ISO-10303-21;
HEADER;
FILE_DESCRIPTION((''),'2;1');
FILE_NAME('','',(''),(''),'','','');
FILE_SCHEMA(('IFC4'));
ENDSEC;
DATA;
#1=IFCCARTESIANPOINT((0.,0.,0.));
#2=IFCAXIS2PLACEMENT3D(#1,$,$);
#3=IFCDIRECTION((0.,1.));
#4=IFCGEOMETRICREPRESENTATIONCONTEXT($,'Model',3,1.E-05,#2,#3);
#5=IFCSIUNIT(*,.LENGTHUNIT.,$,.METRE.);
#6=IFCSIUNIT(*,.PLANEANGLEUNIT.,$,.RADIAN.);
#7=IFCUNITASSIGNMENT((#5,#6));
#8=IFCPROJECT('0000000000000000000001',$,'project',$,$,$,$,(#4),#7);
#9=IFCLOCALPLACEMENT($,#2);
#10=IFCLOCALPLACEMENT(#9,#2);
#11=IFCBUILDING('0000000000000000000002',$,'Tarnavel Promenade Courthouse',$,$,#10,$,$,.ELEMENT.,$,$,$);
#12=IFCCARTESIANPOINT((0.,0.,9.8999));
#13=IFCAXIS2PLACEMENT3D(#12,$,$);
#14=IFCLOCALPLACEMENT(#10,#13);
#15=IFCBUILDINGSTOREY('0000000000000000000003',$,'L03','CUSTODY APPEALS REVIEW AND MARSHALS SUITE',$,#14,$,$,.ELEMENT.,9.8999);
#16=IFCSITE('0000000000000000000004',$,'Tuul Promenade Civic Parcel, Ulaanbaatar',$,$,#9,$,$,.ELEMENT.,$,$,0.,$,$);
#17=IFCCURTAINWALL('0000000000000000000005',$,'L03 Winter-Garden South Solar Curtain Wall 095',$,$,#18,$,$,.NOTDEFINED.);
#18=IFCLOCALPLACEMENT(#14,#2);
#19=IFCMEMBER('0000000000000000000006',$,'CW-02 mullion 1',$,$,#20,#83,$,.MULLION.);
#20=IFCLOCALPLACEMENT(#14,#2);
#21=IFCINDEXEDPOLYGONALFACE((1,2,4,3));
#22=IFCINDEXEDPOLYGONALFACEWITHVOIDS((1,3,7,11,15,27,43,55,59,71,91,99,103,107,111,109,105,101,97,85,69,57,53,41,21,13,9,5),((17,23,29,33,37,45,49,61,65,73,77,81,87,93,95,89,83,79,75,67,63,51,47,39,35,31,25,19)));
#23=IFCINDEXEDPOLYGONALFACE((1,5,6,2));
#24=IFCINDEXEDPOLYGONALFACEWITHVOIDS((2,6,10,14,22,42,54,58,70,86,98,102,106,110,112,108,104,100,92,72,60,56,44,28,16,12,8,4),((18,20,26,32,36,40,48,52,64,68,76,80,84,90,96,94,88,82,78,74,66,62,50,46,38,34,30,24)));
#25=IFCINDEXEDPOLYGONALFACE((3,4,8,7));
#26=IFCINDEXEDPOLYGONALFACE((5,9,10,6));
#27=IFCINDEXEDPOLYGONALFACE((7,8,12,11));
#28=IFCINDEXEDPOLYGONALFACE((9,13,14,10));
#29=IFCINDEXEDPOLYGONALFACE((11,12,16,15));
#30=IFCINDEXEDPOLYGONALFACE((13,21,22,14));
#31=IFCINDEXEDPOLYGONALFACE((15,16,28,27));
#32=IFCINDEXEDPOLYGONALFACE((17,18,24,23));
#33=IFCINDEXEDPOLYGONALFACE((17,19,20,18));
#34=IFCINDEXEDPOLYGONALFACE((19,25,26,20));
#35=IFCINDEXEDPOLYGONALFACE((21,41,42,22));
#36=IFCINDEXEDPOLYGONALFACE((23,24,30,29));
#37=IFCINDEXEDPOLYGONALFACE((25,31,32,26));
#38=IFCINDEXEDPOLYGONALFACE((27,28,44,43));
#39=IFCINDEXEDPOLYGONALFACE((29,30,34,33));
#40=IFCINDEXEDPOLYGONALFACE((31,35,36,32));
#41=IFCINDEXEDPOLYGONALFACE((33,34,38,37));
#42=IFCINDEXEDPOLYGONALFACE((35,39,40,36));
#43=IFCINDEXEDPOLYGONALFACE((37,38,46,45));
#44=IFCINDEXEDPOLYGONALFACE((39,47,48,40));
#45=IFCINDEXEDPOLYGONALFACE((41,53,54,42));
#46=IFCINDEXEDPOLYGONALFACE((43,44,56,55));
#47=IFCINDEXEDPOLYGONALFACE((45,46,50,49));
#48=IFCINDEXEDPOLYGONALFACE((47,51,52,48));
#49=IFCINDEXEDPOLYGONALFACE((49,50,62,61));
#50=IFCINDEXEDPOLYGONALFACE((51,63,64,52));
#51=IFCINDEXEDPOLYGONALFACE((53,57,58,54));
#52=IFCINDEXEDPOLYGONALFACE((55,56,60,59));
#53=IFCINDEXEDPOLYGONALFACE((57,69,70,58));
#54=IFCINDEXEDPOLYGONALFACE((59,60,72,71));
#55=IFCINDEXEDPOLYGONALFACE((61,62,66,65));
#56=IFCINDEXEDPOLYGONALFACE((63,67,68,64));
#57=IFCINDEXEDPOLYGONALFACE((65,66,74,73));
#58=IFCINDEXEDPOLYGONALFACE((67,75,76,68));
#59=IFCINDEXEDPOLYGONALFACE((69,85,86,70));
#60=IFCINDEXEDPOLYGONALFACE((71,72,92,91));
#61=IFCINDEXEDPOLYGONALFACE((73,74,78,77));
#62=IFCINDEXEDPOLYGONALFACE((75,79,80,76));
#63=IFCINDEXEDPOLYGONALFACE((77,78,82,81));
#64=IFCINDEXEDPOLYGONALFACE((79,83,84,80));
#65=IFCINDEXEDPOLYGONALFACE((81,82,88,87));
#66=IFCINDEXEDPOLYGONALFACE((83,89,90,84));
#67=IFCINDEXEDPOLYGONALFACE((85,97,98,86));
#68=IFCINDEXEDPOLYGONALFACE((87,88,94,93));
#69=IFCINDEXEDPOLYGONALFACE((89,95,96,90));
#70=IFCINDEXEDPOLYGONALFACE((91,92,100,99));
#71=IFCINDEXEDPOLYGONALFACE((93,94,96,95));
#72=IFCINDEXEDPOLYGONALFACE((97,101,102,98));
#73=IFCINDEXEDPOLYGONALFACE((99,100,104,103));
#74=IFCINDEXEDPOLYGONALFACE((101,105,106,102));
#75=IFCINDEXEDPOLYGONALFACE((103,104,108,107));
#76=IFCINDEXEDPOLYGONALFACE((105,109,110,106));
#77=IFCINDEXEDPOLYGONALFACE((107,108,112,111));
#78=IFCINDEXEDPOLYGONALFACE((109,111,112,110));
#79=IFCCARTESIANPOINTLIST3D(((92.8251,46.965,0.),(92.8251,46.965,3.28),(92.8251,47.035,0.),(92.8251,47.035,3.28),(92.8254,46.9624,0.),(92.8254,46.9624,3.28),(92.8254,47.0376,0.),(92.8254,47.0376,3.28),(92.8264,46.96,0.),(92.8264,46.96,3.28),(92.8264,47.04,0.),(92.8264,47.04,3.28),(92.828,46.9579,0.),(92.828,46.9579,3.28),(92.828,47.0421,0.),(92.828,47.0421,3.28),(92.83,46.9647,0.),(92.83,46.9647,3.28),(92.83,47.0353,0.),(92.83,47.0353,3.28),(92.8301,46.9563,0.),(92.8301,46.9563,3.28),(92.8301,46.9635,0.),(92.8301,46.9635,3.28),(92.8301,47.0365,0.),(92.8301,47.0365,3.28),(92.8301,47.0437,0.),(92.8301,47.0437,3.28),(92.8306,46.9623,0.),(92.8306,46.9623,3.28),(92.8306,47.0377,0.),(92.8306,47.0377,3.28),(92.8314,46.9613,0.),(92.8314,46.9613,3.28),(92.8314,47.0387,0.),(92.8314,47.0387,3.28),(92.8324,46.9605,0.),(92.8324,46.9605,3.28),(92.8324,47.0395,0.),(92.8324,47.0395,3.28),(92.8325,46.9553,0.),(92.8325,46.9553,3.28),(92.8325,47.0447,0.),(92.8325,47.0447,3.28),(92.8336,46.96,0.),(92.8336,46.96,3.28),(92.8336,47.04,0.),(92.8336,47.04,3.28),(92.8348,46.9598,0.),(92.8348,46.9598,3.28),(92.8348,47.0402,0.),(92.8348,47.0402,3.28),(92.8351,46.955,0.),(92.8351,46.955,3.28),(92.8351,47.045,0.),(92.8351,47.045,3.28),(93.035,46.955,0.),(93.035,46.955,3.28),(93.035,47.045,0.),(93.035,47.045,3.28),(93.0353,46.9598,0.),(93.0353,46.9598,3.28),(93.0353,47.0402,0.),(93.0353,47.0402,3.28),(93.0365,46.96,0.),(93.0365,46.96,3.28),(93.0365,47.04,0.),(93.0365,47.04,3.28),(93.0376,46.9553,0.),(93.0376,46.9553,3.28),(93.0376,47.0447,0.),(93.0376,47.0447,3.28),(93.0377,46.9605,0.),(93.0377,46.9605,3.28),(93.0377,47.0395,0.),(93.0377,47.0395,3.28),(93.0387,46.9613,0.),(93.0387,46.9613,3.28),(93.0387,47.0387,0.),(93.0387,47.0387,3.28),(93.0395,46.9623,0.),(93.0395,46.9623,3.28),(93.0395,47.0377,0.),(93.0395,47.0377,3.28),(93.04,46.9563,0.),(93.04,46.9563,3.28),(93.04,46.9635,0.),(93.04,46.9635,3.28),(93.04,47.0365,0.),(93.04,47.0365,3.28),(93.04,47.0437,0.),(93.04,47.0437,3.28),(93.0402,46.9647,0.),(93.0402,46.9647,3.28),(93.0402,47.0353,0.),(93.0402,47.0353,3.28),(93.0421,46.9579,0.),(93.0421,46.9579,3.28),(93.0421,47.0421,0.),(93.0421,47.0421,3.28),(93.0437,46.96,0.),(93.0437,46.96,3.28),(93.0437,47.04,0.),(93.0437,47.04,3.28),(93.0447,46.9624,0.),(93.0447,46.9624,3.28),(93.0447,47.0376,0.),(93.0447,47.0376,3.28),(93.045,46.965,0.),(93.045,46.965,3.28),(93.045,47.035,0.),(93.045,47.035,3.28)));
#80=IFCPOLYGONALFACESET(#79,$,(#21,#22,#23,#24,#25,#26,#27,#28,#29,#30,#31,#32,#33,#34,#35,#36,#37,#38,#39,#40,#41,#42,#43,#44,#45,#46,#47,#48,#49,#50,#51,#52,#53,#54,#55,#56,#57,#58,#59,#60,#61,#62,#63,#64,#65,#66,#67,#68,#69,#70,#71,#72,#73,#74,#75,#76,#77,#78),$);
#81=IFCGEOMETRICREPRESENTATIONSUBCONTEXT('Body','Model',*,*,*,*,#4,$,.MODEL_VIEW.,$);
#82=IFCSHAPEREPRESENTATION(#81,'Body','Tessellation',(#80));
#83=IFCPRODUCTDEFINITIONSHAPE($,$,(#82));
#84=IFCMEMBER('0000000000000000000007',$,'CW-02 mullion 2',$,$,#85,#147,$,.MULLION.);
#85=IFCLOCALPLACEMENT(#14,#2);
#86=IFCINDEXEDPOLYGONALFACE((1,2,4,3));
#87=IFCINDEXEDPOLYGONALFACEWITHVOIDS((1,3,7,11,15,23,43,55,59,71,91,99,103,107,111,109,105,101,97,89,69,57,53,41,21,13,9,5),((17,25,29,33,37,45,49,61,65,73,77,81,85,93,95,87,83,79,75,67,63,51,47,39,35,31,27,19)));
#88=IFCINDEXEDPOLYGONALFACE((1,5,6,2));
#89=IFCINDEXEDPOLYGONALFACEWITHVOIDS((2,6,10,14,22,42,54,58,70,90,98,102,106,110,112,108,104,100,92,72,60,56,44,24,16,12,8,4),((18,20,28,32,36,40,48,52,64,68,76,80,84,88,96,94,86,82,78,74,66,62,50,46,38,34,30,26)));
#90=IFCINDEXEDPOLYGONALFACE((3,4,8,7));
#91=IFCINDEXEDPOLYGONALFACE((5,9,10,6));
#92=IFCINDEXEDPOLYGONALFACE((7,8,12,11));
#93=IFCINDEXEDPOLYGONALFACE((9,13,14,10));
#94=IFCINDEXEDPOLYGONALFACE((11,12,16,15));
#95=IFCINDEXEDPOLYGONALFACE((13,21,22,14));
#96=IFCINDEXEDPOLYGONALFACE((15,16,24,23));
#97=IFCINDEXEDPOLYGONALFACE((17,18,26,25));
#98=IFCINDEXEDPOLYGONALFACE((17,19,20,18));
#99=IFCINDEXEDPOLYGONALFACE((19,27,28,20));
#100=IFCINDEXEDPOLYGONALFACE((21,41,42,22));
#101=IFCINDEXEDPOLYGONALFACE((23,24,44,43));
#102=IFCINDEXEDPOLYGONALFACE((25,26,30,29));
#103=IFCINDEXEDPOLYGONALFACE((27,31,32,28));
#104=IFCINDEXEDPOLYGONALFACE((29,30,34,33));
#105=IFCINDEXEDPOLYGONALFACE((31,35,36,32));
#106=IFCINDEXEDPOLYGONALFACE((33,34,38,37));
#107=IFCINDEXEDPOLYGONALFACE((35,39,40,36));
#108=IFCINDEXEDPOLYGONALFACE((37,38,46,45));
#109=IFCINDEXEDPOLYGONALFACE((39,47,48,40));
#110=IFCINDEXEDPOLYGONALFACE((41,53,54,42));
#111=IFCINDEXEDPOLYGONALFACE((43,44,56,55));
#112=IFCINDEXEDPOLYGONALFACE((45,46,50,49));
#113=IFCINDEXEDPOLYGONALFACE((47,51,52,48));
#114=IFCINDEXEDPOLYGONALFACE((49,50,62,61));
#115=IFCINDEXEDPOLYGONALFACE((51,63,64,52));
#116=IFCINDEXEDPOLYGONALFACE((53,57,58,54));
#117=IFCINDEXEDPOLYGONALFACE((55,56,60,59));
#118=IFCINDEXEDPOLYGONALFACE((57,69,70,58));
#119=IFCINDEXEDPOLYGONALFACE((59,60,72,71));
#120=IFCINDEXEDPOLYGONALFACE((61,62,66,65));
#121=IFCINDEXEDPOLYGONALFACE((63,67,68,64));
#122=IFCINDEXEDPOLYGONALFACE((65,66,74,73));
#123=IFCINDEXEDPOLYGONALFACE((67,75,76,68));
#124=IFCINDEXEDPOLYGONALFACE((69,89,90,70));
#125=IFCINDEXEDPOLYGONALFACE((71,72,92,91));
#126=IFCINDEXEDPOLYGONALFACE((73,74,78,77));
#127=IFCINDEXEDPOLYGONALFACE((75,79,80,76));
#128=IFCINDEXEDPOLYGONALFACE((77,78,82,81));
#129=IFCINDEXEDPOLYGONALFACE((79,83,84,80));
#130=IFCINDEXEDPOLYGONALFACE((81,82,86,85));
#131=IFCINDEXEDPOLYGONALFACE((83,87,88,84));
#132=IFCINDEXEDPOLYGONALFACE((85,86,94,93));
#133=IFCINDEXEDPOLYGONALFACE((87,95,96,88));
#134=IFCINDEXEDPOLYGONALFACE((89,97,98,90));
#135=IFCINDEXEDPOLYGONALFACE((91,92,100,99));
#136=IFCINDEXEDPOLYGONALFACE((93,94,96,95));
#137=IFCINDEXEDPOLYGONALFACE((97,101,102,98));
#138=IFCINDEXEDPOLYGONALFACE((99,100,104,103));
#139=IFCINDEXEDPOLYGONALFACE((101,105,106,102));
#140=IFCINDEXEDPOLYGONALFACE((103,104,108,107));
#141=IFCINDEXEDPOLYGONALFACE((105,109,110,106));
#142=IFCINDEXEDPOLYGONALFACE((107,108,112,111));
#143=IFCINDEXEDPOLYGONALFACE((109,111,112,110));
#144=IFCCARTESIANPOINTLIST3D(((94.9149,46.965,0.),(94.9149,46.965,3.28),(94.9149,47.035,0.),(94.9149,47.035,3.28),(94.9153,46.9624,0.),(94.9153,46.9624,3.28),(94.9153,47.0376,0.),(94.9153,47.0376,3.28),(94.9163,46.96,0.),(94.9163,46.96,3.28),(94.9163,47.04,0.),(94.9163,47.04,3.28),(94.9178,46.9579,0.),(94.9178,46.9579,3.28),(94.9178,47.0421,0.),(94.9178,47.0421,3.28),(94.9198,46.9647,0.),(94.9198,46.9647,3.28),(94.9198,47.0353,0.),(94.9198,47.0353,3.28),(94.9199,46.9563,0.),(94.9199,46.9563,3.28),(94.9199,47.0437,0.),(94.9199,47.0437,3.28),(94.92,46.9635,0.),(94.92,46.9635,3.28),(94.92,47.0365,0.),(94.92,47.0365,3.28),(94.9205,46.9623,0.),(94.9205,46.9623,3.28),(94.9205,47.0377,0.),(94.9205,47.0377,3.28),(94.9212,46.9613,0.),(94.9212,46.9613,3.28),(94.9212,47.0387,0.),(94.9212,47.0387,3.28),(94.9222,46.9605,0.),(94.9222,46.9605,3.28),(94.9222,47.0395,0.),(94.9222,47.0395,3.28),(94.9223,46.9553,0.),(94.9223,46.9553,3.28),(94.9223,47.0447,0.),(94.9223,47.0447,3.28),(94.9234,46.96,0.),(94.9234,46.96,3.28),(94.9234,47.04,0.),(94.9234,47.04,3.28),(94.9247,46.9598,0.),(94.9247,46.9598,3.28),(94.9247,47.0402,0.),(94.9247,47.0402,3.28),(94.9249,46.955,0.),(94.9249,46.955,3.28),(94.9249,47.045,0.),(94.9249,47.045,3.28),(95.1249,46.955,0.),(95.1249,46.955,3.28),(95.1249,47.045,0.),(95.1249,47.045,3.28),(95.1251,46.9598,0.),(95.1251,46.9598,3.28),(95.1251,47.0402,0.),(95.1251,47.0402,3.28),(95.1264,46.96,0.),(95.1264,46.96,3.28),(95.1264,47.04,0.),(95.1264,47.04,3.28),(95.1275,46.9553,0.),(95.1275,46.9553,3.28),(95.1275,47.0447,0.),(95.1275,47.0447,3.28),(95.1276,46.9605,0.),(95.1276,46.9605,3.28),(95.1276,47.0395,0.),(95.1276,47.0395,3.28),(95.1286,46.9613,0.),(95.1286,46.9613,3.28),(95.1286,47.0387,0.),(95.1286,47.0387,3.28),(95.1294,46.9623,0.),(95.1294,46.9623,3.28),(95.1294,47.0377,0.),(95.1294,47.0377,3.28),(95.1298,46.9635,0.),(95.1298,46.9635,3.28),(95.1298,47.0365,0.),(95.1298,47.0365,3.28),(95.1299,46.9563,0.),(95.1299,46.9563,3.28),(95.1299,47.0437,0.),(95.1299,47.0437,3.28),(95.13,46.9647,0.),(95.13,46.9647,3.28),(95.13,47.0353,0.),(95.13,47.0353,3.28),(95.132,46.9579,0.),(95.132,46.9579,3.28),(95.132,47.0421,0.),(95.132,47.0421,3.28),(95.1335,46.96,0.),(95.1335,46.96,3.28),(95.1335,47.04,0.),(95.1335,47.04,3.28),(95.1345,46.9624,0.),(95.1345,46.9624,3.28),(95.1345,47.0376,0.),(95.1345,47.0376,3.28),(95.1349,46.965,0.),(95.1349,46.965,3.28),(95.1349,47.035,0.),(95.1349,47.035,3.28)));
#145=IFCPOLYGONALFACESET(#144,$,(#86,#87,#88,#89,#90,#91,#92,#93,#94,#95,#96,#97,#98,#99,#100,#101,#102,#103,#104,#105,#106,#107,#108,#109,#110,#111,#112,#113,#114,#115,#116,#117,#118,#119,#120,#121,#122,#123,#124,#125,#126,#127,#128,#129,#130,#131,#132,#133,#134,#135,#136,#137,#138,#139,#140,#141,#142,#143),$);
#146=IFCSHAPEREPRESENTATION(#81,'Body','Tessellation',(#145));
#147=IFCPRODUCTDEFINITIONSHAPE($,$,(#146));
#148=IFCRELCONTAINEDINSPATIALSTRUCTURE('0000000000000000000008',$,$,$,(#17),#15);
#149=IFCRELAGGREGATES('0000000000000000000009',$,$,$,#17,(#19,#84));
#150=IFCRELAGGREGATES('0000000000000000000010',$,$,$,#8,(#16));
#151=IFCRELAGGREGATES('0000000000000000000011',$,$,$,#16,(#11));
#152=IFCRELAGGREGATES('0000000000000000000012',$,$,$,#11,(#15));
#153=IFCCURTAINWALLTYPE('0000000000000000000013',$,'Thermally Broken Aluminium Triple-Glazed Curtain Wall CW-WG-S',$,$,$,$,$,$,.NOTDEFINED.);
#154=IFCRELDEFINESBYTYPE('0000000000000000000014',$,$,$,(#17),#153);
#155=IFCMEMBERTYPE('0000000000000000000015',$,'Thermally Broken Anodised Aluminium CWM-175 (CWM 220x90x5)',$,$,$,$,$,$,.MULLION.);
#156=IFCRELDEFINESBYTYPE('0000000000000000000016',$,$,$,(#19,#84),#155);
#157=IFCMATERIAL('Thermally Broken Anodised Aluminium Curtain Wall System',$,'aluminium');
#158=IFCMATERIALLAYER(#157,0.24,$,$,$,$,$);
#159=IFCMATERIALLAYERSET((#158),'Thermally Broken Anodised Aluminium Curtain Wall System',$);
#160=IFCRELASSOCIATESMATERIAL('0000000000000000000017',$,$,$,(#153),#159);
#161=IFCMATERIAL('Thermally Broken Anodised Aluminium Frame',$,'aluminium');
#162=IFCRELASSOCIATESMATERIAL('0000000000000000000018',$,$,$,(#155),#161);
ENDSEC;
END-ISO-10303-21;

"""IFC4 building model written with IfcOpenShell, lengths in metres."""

from ifc_helpers import new_model, si_unit, direction, frame, origin, origin_2d, place, context, subcontext, project, spatial, hollow_rectangle, extrude, material, layer, layer_set, material_profile, profile_set, type_object, element, aggregate, save


model = new_model("IFC4")

# Units and contexts
model_context = context("Model", 3, precision=1e-05, world=origin(), true_north=direction((0.0, 1.0)))
body_context = subcontext(model_context, "Body", "Model", "MODEL_VIEW")
ifc_project = project(units=[si_unit("LENGTHUNIT", "METRE"), si_unit("PLANEANGLEUNIT", "RADIAN")], contexts=[model_context])

# Site, building, storey
site_placement = place(None, origin())
site = spatial("IfcSite", under=ifc_project, at=site_placement, Name="Tuul Promenade Civic Parcel, Ulaanbaatar", CompositionType="ELEMENT", RefElevation=0.0)
building_placement = place(site_placement, origin())
building = spatial("IfcBuilding", under=site, at=building_placement, Name="Tarnavel Promenade Courthouse", CompositionType="ELEMENT")
storey_placement = place(building_placement, frame((0.0, 0.0, 9.8999)))
storey = spatial("IfcBuildingStorey", under=building, at=storey_placement, Name="L03", Description="CUSTODY APPEALS REVIEW AND MARSHALS SUITE", CompositionType="ELEMENT", Elevation=9.8999)

# Shared definitions
ifc_material_1 = material(Name="Thermally Broken Anodised Aluminium Curtain Wall System", Category="aluminium")
ifc_layer_1 = layer(ifc_material_1, 0.24)
ifc_layer_set_1 = layer_set([ifc_layer_1], Name="Thermally Broken Anodised Aluminium Curtain Wall System")
curtain_wall_type = type_object("IfcCurtainWallType", Name="Thermally Broken Aluminium Triple-Glazed Curtain Wall CW-WG-S", PredefinedType="NOTDEFINED", material=ifc_layer_set_1)
ifc_material_2 = material(Name="Thermally Broken Anodised Aluminium Frame", Category="aluminium")
ifc_material_profile_1 = material_profile(ifc_material_2, hollow_rectangle(XDim=0.0901, YDim=0.22, WallThickness=0.0049, InnerFilletRadius=0.0049, OuterFilletRadius=0.01, at=origin_2d()), Name="CWM 220x90x5")
ifc_profile_set_1 = profile_set([ifc_material_profile_1], Name="Thermally Broken Anodised Aluminium Frame")
member_type_1 = type_object("IfcMemberType", Name="Thermally Broken Anodised Aluminium CWM-175 (CWM 220x90x5)", PredefinedType="MULLION", material=ifc_profile_set_1)

# Curtain wall, members
curtain_wall_1_placement = place(storey_placement, origin())
curtain_wall_1 = element("IfcCurtainWall", 1, at=curtain_wall_1_placement, inside=storey, type_object=curtain_wall_type, Name="L03 Winter-Garden South Solar Curtain Wall 095", PredefinedType="NOTDEFINED")
member_1_placement = place(storey_placement, frame((92.9351, 47.0, 0.0), z_axis=(0.0, 0.0, 1.0), x_axis=(0.0, 1.0, 0.0)))
member_1 = element("IfcMember", 2, at=member_1_placement, type_object=member_type_1, Name="CW-02 mullion 1", PredefinedType="MULLION", context=body_context, shape_type="SweptSolid", body=[
    extrude(hollow_rectangle(XDim=0.0901, YDim=0.22, WallThickness=0.0049, InnerFilletRadius=0.0049, OuterFilletRadius=0.01, at=origin_2d()), origin(), (0.0, 0.0, 1.0), 3.28),
])
member_2_placement = place(storey_placement, frame((95.0249, 47.0, 0.0), z_axis=(0.0, 0.0, 1.0), x_axis=(0.0, 1.0, 0.0)))
member_2 = element("IfcMember", 3, at=member_2_placement, type_object=member_type_1, Name="CW-02 mullion 2", PredefinedType="MULLION", context=body_context, shape_type="SweptSolid", body=[
    extrude(hollow_rectangle(XDim=0.0901, YDim=0.22, WallThickness=0.0049, InnerFilletRadius=0.0049, OuterFilletRadius=0.01, at=origin_2d()), origin(), (0.0, 0.0, 1.0), 3.28),
])

aggregate(curtain_wall_1, [member_1, member_2])

save(model, "model.ifc")
